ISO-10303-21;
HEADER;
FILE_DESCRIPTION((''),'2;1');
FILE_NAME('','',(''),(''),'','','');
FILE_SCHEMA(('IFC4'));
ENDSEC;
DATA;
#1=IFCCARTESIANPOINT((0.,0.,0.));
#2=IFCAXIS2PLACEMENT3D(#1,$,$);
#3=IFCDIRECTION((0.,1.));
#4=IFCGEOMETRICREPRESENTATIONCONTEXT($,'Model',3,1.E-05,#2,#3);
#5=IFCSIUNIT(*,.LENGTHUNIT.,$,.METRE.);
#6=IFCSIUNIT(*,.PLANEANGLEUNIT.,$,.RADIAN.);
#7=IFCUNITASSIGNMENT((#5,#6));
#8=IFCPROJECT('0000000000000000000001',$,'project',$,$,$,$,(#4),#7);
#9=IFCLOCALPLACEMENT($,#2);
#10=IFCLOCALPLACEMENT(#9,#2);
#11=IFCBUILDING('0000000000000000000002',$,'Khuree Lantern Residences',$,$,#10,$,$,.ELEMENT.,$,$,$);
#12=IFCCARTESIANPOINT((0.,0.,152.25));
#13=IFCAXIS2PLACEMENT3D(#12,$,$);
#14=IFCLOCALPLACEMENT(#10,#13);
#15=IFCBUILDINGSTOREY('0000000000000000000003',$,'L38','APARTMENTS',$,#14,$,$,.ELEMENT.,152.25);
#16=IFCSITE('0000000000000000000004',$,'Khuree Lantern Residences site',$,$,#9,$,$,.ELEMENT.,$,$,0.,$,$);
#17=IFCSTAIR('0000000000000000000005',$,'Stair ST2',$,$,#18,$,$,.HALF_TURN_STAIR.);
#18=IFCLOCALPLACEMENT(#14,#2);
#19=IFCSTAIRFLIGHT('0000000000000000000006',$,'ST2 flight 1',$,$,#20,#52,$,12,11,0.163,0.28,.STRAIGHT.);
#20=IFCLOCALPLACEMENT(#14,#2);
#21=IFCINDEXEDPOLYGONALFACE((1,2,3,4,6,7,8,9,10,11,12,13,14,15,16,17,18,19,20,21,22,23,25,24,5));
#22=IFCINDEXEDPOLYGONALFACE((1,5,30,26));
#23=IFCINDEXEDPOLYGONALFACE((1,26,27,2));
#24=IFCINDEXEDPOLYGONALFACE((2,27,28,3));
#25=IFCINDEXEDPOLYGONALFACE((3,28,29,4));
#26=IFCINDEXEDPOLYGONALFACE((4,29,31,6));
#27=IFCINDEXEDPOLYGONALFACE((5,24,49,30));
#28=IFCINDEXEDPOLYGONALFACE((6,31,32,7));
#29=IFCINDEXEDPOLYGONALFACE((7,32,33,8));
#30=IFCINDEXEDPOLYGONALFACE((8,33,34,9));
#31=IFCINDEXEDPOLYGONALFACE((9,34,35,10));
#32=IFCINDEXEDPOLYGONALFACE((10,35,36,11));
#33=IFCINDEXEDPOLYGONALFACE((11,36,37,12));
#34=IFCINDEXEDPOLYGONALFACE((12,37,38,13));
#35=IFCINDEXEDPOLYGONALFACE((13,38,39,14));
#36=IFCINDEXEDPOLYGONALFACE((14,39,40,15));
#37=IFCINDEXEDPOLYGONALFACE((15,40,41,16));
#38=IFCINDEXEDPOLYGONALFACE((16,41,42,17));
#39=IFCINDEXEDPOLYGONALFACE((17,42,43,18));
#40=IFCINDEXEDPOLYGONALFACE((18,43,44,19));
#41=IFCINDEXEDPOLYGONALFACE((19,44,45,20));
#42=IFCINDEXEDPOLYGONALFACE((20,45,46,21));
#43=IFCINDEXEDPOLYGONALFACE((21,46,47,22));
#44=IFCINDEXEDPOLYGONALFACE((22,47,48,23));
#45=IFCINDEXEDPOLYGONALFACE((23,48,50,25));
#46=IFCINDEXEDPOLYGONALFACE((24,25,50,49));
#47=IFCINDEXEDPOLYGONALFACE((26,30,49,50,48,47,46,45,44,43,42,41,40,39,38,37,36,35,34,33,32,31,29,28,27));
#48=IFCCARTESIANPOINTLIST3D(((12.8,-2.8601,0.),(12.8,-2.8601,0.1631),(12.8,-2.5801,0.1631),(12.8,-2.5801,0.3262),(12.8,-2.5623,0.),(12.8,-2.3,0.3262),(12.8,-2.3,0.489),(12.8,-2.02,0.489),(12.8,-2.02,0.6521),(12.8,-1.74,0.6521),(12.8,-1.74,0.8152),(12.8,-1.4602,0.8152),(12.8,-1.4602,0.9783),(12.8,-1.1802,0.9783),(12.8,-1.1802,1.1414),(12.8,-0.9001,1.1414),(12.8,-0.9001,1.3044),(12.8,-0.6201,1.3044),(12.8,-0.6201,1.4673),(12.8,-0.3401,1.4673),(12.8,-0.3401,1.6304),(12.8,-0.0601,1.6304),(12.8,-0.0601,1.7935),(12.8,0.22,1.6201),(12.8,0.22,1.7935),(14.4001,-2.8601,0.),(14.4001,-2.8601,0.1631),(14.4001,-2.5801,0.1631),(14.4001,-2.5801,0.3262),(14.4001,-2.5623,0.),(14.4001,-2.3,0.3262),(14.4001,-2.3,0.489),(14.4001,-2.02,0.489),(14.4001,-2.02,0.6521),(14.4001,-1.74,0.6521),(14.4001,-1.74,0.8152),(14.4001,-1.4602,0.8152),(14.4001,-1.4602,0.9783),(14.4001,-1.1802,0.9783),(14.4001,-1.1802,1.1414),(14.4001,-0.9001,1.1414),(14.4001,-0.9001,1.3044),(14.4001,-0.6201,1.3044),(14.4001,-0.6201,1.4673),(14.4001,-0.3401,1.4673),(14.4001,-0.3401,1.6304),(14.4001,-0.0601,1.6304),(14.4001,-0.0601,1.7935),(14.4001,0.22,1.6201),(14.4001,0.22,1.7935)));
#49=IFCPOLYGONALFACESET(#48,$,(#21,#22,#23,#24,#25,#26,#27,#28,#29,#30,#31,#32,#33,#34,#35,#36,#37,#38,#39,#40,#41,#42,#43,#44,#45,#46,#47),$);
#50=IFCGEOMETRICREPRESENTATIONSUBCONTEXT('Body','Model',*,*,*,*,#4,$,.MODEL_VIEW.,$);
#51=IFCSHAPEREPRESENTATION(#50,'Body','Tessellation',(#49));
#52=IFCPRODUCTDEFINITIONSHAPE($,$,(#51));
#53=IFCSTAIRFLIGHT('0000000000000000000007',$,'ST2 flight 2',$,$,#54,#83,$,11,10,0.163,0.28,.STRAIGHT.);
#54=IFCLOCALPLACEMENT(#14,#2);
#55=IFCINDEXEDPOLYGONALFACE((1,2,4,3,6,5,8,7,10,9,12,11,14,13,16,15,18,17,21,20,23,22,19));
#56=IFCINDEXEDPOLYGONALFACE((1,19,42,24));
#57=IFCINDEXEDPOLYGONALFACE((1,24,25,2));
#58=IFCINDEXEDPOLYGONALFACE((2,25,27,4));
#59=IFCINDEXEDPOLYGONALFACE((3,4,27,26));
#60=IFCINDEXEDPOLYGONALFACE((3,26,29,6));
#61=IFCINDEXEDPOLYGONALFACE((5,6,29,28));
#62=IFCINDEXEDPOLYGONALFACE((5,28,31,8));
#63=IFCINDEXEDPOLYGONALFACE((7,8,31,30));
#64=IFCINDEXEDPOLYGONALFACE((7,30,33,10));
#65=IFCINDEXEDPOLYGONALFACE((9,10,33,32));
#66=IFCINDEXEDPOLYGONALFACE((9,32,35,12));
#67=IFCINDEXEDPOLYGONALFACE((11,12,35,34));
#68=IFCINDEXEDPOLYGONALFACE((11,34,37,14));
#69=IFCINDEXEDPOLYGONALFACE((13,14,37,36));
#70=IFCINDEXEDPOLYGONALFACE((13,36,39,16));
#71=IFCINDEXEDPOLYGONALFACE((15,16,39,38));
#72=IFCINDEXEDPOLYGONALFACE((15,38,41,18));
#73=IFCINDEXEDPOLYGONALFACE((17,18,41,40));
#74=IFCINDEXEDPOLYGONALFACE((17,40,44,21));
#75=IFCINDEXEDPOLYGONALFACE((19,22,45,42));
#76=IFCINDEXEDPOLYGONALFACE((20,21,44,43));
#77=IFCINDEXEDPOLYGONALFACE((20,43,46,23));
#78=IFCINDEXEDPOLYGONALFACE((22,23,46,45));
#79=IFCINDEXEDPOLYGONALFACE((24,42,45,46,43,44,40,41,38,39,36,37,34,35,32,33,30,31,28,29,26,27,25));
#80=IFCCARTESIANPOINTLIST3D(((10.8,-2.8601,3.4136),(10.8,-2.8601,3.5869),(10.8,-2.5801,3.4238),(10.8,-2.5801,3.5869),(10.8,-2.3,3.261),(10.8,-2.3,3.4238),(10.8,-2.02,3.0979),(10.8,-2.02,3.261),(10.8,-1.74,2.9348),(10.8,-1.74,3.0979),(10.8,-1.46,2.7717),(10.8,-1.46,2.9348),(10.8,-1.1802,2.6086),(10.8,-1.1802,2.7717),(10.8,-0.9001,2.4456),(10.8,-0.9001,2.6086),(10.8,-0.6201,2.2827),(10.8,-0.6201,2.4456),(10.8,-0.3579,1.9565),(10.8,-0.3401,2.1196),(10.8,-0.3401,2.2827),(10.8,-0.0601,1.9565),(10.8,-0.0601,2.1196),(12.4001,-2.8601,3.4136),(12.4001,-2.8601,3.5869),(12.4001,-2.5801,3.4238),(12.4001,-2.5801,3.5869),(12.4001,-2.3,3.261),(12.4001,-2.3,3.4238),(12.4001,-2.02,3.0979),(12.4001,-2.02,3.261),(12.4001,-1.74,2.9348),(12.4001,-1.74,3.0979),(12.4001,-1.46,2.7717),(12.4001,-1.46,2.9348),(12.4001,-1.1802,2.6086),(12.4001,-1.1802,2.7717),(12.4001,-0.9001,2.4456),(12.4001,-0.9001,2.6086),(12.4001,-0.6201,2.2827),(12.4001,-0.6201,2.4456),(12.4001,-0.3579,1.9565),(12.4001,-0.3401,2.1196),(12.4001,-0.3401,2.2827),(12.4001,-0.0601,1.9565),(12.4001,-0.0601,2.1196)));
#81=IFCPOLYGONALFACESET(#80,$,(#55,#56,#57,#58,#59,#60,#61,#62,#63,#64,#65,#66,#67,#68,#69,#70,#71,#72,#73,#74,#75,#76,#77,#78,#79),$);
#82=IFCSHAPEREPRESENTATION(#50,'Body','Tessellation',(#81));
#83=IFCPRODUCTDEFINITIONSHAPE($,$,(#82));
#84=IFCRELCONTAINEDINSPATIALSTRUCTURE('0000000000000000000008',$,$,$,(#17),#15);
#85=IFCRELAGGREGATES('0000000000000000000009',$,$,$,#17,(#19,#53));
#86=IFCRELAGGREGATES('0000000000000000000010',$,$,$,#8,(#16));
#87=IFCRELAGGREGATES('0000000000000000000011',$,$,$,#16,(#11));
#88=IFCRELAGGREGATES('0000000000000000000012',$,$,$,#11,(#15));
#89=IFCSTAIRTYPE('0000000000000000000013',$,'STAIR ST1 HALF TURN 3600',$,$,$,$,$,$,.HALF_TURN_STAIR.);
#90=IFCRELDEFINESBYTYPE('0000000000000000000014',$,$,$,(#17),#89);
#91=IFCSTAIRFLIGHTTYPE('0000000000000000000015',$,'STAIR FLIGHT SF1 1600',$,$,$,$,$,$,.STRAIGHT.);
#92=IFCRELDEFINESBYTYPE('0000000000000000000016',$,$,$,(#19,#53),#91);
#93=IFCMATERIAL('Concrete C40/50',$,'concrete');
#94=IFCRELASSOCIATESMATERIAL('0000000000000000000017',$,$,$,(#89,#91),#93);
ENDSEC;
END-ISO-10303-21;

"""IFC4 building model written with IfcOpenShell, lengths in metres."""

from ifc_helpers import new_model, si_unit, direction, frame, origin, place, context, subcontext, project, spatial, polyline, outline, extrude, material, type_object, element, aggregate, save


model = new_model("IFC4")

# Units and contexts
model_context = context("Model", 3, precision=1e-05, world=origin(), true_north=direction((0.0, 1.0)))
body_context = subcontext(model_context, "Body", "Model", "MODEL_VIEW")
ifc_project = project(units=[si_unit("LENGTHUNIT", "METRE"), si_unit("PLANEANGLEUNIT", "RADIAN")], contexts=[model_context])

# Site, building, storey
site_placement = place(None, origin())
site = spatial("IfcSite", under=ifc_project, at=site_placement, Name="Khuree Lantern Residences site", CompositionType="ELEMENT", RefElevation=0.0)
building_placement = place(site_placement, origin())
building = spatial("IfcBuilding", under=site, at=building_placement, Name="Khuree Lantern Residences", CompositionType="ELEMENT")
storey_placement = place(building_placement, frame((0.0, 0.0, 152.25)))
storey = spatial("IfcBuildingStorey", under=building, at=storey_placement, Name="L38", Description="APARTMENTS", CompositionType="ELEMENT", Elevation=152.25)

# Stair
ifc_material_1 = material(Name="Concrete C40/50", Category="concrete")
stair_type = type_object("IfcStairType", Name="STAIR ST1 HALF TURN 3600", PredefinedType="HALF_TURN_STAIR", material=ifc_material_1)
stair_1_placement = place(storey_placement, origin())
stair_1 = element("IfcStair", 1, at=stair_1_placement, inside=storey, type_object=stair_type, Name="Stair ST2", PredefinedType="HALF_TURN_STAIR")

# Stair flights
stair_flight_type = type_object("IfcStairFlightType", Name="STAIR FLIGHT SF1 1600", PredefinedType="STRAIGHT", material=ifc_material_1)
stair_flight_1_placement = place(storey_placement, frame((13.6001, -2.8601, 0.0), z_axis=(0.0, 0.0, 1.0), x_axis=(0.0, 1.0, 0.0)))
stair_flight_1 = element("IfcStairFlight", 2, at=stair_flight_1_placement, type_object=stair_flight_type, Name="ST2 flight 1", NumberOfRisers=12, NumberOfTreads=11, PredefinedType="STRAIGHT", RiserHeight=0.163, TreadLength=0.28, context=body_context, shape_type="SweptSolid", body=[
    extrude(outline(polyline([(0.0, 0.0), (0.0, 0.1631), (0.28, 0.1631), (0.28, 0.3262), (0.5601, 0.3262), (0.5601, 0.489), (0.8401, 0.489), (0.8401, 0.6521), (1.1201, 0.6521), (1.1201, 0.8152), (1.3999, 0.8152), (1.3999, 0.9783), (1.6799, 0.9783), (1.6799, 1.1414), (1.96, 1.1414), (1.96, 1.3044), (2.24, 1.3044), (2.24, 1.4673), (2.52, 1.4673), (2.52, 1.6304), (2.8, 1.6304), (2.8, 1.7935), (3.0801, 1.7935), (3.0801, 1.9565), (3.0801, 1.6201), (0.2979, 0.0), (0.0, 0.0)])), frame((0.0, 0.8, 0.0), z_axis=(0.0, -1.0, 0.0), x_axis=(1.0, 0.0, 0.0)), (0.0, 0.0, 1.0), 1.6001),
])
stair_flight_2_placement = place(storey_placement, frame((11.6001, -0.0601, 1.9565), z_axis=(0.0, 0.0, 1.0), x_axis=(0.0, -1.0, 0.0)))
stair_flight_2 = element("IfcStairFlight", 3, at=stair_flight_2_placement, type_object=stair_flight_type, Name="ST2 flight 2", NumberOfRisers=11, NumberOfTreads=10, PredefinedType="STRAIGHT", RiserHeight=0.163, TreadLength=0.28, context=body_context, shape_type="SweptSolid", body=[
    extrude(outline(polyline([(0.0, 0.0), (0.0, 0.1631), (0.28, 0.1631), (0.28, 0.3262), (0.5601, 0.3262), (0.5601, 0.489), (0.8401, 0.489), (0.8401, 0.6521), (1.1201, 0.6521), (1.1201, 0.8152), (1.3999, 0.8152), (1.3999, 0.9783), (1.6799, 0.9783), (1.6799, 1.1414), (1.96, 1.1414), (1.96, 1.3044), (2.24, 1.3044), (2.24, 1.4673), (2.52, 1.4673), (2.52, 1.6304), (2.8, 1.6304), (2.8, 1.7935), (2.8, 1.457), (0.2979, 0.0), (0.0, 0.0)])), frame((0.0, 0.8, 0.0), z_axis=(0.0, -1.0, 0.0), x_axis=(1.0, 0.0, 0.0)), (0.0, 0.0, 1.0), 1.6001),
])
aggregate(stair_1, [stair_flight_1, stair_flight_2])

save(model, "model.ifc")
